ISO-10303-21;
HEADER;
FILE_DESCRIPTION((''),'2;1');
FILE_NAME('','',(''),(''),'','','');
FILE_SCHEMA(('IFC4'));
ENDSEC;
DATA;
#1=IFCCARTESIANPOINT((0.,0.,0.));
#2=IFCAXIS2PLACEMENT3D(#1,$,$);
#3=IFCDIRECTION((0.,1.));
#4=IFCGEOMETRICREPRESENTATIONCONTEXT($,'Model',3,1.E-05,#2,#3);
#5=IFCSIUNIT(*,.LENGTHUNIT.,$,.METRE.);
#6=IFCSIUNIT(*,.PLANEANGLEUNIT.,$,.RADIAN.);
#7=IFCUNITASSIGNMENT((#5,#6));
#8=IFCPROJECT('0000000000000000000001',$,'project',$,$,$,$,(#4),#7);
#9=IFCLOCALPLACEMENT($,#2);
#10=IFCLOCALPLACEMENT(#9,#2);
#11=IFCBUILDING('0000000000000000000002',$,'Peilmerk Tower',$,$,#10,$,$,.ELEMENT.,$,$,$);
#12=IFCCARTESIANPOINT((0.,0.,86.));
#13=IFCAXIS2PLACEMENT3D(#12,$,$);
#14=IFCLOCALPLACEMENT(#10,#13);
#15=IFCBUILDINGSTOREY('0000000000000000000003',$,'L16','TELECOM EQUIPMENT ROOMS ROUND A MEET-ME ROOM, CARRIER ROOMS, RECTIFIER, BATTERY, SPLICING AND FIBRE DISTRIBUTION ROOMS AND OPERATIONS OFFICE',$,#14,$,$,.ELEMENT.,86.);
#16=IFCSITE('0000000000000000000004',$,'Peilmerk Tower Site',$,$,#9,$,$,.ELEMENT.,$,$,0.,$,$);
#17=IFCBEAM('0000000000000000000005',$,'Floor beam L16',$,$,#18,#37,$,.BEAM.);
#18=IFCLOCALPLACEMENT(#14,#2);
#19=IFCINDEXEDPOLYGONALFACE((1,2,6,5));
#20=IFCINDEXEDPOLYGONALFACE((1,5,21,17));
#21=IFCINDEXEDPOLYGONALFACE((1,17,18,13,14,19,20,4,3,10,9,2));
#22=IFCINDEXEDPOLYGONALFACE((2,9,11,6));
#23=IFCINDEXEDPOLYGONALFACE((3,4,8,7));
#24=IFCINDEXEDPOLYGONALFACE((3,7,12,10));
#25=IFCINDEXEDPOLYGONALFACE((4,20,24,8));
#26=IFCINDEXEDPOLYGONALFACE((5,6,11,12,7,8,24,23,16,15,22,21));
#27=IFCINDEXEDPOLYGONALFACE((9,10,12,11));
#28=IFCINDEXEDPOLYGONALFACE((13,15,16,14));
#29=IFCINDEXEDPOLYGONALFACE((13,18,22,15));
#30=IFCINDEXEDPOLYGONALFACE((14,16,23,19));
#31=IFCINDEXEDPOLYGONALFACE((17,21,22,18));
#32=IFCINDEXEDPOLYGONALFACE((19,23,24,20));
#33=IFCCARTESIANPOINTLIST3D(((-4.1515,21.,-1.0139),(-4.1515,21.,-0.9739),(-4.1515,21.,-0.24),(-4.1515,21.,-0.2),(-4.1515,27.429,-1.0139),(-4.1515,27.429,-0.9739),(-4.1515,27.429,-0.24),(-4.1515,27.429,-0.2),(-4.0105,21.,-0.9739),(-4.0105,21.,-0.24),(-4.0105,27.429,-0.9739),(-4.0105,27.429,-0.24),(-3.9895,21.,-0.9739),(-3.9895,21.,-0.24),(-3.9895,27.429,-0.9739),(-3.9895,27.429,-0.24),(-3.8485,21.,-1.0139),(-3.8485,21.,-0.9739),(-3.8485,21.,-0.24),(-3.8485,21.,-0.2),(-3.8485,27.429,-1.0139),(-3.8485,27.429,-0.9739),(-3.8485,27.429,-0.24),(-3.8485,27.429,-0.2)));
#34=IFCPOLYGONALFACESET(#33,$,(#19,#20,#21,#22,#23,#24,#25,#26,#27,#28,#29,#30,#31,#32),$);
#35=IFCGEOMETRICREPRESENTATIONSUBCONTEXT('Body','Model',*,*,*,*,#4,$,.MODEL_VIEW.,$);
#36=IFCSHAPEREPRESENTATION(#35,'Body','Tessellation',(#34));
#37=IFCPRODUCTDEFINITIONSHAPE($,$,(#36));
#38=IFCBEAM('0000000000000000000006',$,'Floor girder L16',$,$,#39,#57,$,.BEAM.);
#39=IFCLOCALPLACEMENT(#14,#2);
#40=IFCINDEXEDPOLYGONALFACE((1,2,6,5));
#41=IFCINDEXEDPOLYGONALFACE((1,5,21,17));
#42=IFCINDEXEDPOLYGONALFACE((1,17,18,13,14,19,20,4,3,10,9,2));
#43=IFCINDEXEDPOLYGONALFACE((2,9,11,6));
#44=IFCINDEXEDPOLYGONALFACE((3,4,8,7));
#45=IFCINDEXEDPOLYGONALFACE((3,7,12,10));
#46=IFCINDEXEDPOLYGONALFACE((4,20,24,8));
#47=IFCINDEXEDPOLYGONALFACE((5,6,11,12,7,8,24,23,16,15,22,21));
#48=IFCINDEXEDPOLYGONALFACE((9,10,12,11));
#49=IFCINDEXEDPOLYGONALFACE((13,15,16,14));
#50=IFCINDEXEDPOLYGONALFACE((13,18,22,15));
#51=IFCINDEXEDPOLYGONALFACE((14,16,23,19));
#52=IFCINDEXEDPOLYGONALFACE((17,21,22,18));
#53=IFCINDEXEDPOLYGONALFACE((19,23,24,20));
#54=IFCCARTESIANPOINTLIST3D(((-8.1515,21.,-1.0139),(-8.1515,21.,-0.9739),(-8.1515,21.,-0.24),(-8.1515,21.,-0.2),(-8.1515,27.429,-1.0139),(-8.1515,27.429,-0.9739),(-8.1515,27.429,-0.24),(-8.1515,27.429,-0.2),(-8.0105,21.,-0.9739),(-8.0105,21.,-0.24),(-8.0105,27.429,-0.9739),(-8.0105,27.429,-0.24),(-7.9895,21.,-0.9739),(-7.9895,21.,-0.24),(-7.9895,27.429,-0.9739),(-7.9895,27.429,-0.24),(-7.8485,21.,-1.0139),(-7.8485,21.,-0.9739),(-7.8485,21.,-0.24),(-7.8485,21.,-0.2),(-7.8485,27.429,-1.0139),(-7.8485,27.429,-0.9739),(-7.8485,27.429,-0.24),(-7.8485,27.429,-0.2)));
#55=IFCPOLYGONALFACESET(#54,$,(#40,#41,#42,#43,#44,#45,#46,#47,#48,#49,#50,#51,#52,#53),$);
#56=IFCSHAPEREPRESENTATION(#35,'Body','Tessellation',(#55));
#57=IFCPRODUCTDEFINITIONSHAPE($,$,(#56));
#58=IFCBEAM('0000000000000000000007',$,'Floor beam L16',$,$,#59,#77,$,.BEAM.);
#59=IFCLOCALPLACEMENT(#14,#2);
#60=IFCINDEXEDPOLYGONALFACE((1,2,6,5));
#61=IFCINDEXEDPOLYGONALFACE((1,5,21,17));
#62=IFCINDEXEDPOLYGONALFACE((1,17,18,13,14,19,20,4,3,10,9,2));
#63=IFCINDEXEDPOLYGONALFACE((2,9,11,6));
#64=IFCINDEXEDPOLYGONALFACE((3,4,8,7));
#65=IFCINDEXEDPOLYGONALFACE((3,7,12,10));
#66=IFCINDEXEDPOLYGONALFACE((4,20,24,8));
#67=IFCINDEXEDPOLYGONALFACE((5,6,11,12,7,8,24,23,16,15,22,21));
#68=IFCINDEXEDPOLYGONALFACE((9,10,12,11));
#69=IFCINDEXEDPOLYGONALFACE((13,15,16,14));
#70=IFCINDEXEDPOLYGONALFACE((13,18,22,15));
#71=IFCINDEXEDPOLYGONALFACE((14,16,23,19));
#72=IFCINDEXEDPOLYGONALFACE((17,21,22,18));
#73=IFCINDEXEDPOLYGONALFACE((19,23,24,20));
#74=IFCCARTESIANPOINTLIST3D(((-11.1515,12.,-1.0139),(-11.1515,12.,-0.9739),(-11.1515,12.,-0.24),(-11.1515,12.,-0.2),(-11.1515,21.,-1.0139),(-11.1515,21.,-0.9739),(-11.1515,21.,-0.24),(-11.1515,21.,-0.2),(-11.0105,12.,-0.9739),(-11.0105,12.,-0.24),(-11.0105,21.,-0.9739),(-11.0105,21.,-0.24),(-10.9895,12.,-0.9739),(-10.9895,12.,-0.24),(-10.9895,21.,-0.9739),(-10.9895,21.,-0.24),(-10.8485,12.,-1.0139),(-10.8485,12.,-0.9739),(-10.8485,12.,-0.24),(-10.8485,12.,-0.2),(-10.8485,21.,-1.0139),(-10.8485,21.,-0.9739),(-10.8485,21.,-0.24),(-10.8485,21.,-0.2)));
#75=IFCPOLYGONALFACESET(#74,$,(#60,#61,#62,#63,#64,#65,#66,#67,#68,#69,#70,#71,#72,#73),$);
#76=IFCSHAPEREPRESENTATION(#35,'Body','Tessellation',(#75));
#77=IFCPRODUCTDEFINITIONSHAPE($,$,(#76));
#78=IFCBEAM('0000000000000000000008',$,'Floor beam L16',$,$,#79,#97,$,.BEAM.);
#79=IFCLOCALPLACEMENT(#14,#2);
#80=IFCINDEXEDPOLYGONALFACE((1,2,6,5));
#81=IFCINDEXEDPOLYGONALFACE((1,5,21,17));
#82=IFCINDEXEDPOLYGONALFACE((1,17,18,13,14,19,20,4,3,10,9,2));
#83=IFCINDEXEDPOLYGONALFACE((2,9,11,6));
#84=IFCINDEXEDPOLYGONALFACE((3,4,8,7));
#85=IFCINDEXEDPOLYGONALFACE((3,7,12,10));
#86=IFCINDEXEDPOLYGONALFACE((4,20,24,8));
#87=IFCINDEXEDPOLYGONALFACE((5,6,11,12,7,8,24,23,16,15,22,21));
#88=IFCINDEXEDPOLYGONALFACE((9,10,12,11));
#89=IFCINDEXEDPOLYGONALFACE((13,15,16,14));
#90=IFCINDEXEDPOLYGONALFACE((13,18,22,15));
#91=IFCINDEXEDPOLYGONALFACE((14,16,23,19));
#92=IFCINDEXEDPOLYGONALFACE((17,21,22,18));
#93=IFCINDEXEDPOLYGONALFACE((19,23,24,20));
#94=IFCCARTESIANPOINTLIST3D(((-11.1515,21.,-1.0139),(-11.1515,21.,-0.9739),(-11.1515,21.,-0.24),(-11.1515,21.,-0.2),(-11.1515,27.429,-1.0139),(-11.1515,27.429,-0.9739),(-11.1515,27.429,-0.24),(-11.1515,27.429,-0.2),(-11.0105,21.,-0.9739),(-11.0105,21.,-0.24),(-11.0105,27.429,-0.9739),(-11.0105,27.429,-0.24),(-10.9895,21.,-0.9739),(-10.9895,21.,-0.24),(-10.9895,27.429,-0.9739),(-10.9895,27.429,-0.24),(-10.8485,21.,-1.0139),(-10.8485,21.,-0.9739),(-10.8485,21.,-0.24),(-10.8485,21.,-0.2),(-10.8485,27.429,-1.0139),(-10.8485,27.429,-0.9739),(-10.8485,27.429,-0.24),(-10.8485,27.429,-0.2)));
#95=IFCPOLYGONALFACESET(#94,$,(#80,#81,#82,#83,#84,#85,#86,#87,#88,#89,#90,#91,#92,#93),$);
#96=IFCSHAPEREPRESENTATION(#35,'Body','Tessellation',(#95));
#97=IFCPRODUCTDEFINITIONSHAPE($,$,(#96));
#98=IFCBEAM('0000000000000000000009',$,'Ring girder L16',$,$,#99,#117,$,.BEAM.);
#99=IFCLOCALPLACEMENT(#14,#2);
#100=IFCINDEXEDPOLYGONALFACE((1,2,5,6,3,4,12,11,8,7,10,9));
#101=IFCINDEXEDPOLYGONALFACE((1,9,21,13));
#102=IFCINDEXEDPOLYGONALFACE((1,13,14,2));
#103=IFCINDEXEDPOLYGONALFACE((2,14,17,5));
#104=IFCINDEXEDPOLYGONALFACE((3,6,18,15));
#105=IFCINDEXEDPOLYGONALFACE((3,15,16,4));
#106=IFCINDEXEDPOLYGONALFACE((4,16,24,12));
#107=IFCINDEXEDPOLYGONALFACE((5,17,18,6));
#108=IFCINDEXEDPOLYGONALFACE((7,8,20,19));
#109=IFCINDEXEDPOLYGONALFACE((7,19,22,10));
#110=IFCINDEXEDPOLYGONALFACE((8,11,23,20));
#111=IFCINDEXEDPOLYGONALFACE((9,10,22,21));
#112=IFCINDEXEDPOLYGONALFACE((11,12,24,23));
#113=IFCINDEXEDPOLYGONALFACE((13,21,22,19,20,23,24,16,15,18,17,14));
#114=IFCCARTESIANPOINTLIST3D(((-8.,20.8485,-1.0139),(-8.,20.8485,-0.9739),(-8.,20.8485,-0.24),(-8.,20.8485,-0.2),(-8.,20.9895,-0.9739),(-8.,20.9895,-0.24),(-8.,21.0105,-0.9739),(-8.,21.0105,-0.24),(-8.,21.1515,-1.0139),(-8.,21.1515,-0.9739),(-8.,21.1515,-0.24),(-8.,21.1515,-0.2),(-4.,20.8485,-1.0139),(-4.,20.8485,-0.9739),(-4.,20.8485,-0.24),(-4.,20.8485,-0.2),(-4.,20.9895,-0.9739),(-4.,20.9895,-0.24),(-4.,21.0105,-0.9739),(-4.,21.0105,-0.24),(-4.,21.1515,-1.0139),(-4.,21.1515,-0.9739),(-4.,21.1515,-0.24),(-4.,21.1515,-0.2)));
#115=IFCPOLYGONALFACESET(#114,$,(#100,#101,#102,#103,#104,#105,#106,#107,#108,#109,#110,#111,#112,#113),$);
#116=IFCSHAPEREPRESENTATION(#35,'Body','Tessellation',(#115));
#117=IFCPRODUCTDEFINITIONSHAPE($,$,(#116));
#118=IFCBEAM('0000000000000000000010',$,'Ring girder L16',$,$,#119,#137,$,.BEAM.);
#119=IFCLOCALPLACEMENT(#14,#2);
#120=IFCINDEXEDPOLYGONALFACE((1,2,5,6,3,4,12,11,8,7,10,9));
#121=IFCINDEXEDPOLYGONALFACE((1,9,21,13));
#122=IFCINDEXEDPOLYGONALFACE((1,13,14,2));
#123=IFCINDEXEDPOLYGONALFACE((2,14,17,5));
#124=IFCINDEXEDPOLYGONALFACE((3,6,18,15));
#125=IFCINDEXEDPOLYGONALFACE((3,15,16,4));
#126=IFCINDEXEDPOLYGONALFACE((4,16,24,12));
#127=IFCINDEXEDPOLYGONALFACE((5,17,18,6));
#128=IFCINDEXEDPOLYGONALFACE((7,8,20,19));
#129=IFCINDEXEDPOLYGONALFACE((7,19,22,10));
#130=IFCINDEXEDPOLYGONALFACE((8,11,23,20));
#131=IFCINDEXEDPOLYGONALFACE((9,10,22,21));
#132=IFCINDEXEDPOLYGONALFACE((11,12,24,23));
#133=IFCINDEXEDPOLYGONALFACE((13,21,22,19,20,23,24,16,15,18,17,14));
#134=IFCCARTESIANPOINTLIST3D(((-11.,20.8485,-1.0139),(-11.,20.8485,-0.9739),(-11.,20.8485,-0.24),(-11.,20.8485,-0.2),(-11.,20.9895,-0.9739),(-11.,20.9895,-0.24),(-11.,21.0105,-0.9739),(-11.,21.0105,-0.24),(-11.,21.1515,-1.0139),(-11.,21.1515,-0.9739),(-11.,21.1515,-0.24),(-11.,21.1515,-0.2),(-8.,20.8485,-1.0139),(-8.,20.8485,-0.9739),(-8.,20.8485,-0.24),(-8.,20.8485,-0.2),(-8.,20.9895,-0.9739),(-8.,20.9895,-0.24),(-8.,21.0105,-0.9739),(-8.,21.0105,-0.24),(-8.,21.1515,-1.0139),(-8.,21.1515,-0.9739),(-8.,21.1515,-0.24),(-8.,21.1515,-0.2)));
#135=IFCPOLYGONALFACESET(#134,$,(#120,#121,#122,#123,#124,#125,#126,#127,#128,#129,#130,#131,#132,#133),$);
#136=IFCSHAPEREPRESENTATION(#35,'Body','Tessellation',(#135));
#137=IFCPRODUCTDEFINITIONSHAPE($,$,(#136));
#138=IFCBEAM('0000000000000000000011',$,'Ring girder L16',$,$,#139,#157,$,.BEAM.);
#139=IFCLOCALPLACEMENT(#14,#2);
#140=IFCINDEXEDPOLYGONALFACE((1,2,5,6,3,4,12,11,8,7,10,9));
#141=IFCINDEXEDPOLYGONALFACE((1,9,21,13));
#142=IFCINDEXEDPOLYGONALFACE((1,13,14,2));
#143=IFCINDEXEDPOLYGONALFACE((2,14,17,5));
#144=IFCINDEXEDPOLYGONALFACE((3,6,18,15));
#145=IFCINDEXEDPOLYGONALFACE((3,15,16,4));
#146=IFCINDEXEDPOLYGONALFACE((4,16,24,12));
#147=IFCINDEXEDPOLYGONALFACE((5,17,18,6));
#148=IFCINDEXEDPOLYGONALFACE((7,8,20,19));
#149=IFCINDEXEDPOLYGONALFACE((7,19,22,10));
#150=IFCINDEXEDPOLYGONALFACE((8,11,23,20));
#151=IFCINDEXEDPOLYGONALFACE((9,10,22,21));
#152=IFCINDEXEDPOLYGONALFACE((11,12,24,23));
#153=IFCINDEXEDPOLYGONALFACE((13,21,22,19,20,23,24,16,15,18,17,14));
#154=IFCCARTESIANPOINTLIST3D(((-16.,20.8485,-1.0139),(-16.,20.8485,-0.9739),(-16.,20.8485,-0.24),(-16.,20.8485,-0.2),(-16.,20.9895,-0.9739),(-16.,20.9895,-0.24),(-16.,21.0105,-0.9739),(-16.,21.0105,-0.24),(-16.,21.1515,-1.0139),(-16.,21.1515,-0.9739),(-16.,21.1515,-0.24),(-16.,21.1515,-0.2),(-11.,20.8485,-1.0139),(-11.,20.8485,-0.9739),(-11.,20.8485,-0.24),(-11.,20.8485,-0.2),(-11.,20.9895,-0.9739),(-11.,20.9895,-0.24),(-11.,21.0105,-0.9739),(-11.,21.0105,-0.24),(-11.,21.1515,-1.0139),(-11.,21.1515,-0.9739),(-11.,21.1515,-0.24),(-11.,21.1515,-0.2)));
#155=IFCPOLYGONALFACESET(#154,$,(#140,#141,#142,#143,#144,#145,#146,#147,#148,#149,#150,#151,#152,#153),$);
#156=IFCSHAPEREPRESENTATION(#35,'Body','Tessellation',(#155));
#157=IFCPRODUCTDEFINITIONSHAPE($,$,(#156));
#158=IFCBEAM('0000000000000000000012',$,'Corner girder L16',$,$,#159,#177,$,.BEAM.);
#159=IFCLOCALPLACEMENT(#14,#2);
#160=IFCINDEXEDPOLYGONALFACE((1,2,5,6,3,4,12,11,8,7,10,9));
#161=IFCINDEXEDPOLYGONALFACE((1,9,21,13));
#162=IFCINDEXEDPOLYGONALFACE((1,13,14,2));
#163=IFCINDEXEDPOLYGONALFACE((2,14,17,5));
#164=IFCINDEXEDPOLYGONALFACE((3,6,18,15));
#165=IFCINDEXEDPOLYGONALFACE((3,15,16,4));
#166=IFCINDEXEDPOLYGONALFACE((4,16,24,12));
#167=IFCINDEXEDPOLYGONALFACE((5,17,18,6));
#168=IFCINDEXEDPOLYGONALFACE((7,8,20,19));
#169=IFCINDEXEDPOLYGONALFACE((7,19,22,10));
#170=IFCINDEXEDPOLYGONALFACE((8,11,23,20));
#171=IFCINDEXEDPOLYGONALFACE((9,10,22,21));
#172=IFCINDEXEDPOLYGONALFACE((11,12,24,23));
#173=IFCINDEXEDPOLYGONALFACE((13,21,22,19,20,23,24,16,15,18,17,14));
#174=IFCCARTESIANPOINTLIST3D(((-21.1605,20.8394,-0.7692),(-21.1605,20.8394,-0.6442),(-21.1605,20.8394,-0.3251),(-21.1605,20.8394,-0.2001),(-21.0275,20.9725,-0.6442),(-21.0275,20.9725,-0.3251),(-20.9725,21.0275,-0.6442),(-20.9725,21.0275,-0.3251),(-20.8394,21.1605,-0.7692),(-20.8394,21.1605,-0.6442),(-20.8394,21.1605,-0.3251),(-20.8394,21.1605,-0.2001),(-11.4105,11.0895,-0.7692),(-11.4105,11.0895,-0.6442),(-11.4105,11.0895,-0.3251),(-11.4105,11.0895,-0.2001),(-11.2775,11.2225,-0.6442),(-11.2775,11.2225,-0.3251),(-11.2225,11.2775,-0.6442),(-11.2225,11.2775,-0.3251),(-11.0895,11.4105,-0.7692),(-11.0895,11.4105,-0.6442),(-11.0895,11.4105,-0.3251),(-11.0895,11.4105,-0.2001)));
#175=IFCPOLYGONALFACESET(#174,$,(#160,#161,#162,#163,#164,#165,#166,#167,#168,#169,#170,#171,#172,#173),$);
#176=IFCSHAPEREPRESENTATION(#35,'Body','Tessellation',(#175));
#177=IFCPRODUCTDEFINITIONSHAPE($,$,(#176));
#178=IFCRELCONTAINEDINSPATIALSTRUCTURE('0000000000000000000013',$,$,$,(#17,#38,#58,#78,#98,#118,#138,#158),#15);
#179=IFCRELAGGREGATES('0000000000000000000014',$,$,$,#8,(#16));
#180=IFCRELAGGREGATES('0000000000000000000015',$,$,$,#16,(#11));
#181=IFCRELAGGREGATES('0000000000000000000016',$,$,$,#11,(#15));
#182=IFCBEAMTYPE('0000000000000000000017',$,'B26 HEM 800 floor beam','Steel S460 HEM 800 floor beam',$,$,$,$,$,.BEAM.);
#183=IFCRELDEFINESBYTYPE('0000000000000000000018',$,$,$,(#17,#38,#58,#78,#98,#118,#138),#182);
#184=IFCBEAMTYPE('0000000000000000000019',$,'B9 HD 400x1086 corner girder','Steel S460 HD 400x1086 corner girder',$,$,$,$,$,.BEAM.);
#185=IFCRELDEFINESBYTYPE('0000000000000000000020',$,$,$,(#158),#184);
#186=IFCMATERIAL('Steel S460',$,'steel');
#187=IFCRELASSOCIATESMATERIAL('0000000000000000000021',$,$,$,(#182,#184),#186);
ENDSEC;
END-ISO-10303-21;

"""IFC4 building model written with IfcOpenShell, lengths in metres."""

from ifc_helpers import new_model, si_unit, direction, frame, origin, origin_2d, place, context, subcontext, project, spatial, i_section, extrude, material, material_profile, profile_set, type_object, element, save


model = new_model("IFC4")

# Units and contexts
model_context = context("Model", 3, precision=1e-05, world=origin(), true_north=direction((0.0, 1.0)))
body_context = subcontext(model_context, "Body", "Model", "MODEL_VIEW")
ifc_project = project(units=[si_unit("LENGTHUNIT", "METRE"), si_unit("PLANEANGLEUNIT", "RADIAN")], contexts=[model_context])

# Site, building, storey
site_placement = place(None, origin())
site = spatial("IfcSite", under=ifc_project, at=site_placement, Name="Peilmerk Tower Site", CompositionType="ELEMENT", RefElevation=0.0)
building_placement = place(site_placement, origin())
building = spatial("IfcBuilding", under=site, at=building_placement, Name="Peilmerk Tower", CompositionType="ELEMENT")
storey_placement = place(building_placement, frame((0.0, 0.0, 86.0)))
storey = spatial("IfcBuildingStorey", under=building, at=storey_placement, Name="L16", Description="TELECOM EQUIPMENT ROOMS ROUND A MEET-ME ROOM, CARRIER ROOMS, RECTIFIER, BATTERY, SPLICING AND FIBRE DISTRIBUTION ROOMS AND OPERATIONS OFFICE", CompositionType="ELEMENT", Elevation=86.0)

# Shared definitions
ifc_material_1 = material(Name="Steel S460", Category="steel")

# Beams
ifc_material_profile_1 = material_profile(ifc_material_1, i_section(OverallWidth=0.303, OverallDepth=0.814, WebThickness=0.021, FlangeThickness=0.04, at=origin_2d()), Name="HEM 800")
ifc_profile_set_1 = profile_set([ifc_material_profile_1], Name="Steel S460")
beam_type_1 = type_object("IfcBeamType", Name="B26 HEM 800 floor beam", Description="Steel S460 HEM 800 floor beam", PredefinedType="BEAM", material=ifc_profile_set_1)
for number, where, z_axis, x_axis, name in (
    (1, (-4.0, 21.0, -0.6069), (0.0, 1.0, 0.0), (-1.0, 0.0, 0.0), "Floor beam L16"),
    (2, (-8.0, 21.0, -0.6069), (0.0, 1.0, 0.0), (-1.0, 0.0, 0.0), "Floor girder L16"),
):
    element("IfcBeam", number, at=place(storey_placement, frame(where, z_axis=z_axis, x_axis=x_axis)), inside=storey, type_object=beam_type_1, Name=name, PredefinedType="BEAM", context=body_context, shape_type="SweptSolid", body=[
        extrude(i_section(OverallWidth=0.303, OverallDepth=0.814, WebThickness=0.021, FlangeThickness=0.04, at=origin_2d()), origin(), (0.0, 0.0, 1.0), 6.429),
    ])
beam_1_placement = place(storey_placement, frame((-11.0, 12.0, -0.6069), z_axis=(0.0, 1.0, 0.0), x_axis=(-1.0, 0.0, 0.0)))
element("IfcBeam", 3, at=beam_1_placement, inside=storey, type_object=beam_type_1, Name="Floor beam L16", PredefinedType="BEAM", context=body_context, shape_type="SweptSolid", body=[
    extrude(i_section(OverallWidth=0.303, OverallDepth=0.814, WebThickness=0.021, FlangeThickness=0.04, at=origin_2d()), origin(), (0.0, 0.0, 1.0), 9.0),
])
beam_2_placement = place(storey_placement, frame((-11.0, 21.0, -0.6069), z_axis=(0.0, 1.0, 0.0), x_axis=(-1.0, 0.0, 0.0)))
element("IfcBeam", 4, at=beam_2_placement, inside=storey, type_object=beam_type_1, Name="Floor beam L16", PredefinedType="BEAM", context=body_context, shape_type="SweptSolid", body=[
    extrude(i_section(OverallWidth=0.303, OverallDepth=0.814, WebThickness=0.021, FlangeThickness=0.04, at=origin_2d()), origin(), (0.0, 0.0, 1.0), 6.429),
])
beam_3_placement = place(storey_placement, frame((-4.0, 21.0, -0.6069), z_axis=(-1.0, 0.0, 0.0), x_axis=(0.0, -1.0, 0.0)))
element("IfcBeam", 5, at=beam_3_placement, inside=storey, type_object=beam_type_1, Name="Ring girder L16", PredefinedType="BEAM", context=body_context, shape_type="SweptSolid", body=[
    extrude(i_section(OverallWidth=0.303, OverallDepth=0.814, WebThickness=0.021, FlangeThickness=0.04, at=origin_2d()), origin(), (0.0, 0.0, 1.0), 4.0),
])
beam_4_placement = place(storey_placement, frame((-8.0, 21.0, -0.6069), z_axis=(-1.0, 0.0, 0.0), x_axis=(0.0, -1.0, 0.0)))
element("IfcBeam", 6, at=beam_4_placement, inside=storey, type_object=beam_type_1, Name="Ring girder L16", PredefinedType="BEAM", context=body_context, shape_type="SweptSolid", body=[
    extrude(i_section(OverallWidth=0.303, OverallDepth=0.814, WebThickness=0.021, FlangeThickness=0.04, at=origin_2d()), origin(), (0.0, 0.0, 1.0), 3.0),
])
beam_5_placement = place(storey_placement, frame((-11.0, 21.0, -0.6069), z_axis=(-1.0, 0.0, 0.0), x_axis=(0.0, -1.0, 0.0)))
element("IfcBeam", 7, at=beam_5_placement, inside=storey, type_object=beam_type_1, Name="Ring girder L16", PredefinedType="BEAM", context=body_context, shape_type="SweptSolid", body=[
    extrude(i_section(OverallWidth=0.303, OverallDepth=0.814, WebThickness=0.021, FlangeThickness=0.04, at=origin_2d()), origin(), (0.0, 0.0, 1.0), 5.0),
])
ifc_material_profile_2 = material_profile(ifc_material_1, i_section(OverallWidth=0.4541, OverallDepth=0.5691, WebThickness=0.0779, FlangeThickness=0.125, at=origin_2d()), Name="HD 400x1086")
ifc_profile_set_2 = profile_set([ifc_material_profile_2], Name="Steel S460")
beam_type_2 = type_object("IfcBeamType", Name="B9 HD 400x1086 corner girder", Description="Steel S460 HD 400x1086 corner girder", PredefinedType="BEAM", material=ifc_profile_set_2)
beam_6_placement = place(storey_placement, frame((-11.25, 11.25, -0.4846), z_axis=(-0.707107, 0.707107, 0.0), x_axis=(-0.707107, -0.707107, 0.0)))
element("IfcBeam", 8, at=beam_6_placement, inside=storey, type_object=beam_type_2, Name="Corner girder L16", PredefinedType="BEAM", context=body_context, shape_type="SweptSolid", body=[
    extrude(i_section(OverallWidth=0.4541, OverallDepth=0.5691, WebThickness=0.0779, FlangeThickness=0.125, at=origin_2d()), origin(), (0.0, 0.0, 1.0), 13.7886),
])

save(model, "model.ifc")
